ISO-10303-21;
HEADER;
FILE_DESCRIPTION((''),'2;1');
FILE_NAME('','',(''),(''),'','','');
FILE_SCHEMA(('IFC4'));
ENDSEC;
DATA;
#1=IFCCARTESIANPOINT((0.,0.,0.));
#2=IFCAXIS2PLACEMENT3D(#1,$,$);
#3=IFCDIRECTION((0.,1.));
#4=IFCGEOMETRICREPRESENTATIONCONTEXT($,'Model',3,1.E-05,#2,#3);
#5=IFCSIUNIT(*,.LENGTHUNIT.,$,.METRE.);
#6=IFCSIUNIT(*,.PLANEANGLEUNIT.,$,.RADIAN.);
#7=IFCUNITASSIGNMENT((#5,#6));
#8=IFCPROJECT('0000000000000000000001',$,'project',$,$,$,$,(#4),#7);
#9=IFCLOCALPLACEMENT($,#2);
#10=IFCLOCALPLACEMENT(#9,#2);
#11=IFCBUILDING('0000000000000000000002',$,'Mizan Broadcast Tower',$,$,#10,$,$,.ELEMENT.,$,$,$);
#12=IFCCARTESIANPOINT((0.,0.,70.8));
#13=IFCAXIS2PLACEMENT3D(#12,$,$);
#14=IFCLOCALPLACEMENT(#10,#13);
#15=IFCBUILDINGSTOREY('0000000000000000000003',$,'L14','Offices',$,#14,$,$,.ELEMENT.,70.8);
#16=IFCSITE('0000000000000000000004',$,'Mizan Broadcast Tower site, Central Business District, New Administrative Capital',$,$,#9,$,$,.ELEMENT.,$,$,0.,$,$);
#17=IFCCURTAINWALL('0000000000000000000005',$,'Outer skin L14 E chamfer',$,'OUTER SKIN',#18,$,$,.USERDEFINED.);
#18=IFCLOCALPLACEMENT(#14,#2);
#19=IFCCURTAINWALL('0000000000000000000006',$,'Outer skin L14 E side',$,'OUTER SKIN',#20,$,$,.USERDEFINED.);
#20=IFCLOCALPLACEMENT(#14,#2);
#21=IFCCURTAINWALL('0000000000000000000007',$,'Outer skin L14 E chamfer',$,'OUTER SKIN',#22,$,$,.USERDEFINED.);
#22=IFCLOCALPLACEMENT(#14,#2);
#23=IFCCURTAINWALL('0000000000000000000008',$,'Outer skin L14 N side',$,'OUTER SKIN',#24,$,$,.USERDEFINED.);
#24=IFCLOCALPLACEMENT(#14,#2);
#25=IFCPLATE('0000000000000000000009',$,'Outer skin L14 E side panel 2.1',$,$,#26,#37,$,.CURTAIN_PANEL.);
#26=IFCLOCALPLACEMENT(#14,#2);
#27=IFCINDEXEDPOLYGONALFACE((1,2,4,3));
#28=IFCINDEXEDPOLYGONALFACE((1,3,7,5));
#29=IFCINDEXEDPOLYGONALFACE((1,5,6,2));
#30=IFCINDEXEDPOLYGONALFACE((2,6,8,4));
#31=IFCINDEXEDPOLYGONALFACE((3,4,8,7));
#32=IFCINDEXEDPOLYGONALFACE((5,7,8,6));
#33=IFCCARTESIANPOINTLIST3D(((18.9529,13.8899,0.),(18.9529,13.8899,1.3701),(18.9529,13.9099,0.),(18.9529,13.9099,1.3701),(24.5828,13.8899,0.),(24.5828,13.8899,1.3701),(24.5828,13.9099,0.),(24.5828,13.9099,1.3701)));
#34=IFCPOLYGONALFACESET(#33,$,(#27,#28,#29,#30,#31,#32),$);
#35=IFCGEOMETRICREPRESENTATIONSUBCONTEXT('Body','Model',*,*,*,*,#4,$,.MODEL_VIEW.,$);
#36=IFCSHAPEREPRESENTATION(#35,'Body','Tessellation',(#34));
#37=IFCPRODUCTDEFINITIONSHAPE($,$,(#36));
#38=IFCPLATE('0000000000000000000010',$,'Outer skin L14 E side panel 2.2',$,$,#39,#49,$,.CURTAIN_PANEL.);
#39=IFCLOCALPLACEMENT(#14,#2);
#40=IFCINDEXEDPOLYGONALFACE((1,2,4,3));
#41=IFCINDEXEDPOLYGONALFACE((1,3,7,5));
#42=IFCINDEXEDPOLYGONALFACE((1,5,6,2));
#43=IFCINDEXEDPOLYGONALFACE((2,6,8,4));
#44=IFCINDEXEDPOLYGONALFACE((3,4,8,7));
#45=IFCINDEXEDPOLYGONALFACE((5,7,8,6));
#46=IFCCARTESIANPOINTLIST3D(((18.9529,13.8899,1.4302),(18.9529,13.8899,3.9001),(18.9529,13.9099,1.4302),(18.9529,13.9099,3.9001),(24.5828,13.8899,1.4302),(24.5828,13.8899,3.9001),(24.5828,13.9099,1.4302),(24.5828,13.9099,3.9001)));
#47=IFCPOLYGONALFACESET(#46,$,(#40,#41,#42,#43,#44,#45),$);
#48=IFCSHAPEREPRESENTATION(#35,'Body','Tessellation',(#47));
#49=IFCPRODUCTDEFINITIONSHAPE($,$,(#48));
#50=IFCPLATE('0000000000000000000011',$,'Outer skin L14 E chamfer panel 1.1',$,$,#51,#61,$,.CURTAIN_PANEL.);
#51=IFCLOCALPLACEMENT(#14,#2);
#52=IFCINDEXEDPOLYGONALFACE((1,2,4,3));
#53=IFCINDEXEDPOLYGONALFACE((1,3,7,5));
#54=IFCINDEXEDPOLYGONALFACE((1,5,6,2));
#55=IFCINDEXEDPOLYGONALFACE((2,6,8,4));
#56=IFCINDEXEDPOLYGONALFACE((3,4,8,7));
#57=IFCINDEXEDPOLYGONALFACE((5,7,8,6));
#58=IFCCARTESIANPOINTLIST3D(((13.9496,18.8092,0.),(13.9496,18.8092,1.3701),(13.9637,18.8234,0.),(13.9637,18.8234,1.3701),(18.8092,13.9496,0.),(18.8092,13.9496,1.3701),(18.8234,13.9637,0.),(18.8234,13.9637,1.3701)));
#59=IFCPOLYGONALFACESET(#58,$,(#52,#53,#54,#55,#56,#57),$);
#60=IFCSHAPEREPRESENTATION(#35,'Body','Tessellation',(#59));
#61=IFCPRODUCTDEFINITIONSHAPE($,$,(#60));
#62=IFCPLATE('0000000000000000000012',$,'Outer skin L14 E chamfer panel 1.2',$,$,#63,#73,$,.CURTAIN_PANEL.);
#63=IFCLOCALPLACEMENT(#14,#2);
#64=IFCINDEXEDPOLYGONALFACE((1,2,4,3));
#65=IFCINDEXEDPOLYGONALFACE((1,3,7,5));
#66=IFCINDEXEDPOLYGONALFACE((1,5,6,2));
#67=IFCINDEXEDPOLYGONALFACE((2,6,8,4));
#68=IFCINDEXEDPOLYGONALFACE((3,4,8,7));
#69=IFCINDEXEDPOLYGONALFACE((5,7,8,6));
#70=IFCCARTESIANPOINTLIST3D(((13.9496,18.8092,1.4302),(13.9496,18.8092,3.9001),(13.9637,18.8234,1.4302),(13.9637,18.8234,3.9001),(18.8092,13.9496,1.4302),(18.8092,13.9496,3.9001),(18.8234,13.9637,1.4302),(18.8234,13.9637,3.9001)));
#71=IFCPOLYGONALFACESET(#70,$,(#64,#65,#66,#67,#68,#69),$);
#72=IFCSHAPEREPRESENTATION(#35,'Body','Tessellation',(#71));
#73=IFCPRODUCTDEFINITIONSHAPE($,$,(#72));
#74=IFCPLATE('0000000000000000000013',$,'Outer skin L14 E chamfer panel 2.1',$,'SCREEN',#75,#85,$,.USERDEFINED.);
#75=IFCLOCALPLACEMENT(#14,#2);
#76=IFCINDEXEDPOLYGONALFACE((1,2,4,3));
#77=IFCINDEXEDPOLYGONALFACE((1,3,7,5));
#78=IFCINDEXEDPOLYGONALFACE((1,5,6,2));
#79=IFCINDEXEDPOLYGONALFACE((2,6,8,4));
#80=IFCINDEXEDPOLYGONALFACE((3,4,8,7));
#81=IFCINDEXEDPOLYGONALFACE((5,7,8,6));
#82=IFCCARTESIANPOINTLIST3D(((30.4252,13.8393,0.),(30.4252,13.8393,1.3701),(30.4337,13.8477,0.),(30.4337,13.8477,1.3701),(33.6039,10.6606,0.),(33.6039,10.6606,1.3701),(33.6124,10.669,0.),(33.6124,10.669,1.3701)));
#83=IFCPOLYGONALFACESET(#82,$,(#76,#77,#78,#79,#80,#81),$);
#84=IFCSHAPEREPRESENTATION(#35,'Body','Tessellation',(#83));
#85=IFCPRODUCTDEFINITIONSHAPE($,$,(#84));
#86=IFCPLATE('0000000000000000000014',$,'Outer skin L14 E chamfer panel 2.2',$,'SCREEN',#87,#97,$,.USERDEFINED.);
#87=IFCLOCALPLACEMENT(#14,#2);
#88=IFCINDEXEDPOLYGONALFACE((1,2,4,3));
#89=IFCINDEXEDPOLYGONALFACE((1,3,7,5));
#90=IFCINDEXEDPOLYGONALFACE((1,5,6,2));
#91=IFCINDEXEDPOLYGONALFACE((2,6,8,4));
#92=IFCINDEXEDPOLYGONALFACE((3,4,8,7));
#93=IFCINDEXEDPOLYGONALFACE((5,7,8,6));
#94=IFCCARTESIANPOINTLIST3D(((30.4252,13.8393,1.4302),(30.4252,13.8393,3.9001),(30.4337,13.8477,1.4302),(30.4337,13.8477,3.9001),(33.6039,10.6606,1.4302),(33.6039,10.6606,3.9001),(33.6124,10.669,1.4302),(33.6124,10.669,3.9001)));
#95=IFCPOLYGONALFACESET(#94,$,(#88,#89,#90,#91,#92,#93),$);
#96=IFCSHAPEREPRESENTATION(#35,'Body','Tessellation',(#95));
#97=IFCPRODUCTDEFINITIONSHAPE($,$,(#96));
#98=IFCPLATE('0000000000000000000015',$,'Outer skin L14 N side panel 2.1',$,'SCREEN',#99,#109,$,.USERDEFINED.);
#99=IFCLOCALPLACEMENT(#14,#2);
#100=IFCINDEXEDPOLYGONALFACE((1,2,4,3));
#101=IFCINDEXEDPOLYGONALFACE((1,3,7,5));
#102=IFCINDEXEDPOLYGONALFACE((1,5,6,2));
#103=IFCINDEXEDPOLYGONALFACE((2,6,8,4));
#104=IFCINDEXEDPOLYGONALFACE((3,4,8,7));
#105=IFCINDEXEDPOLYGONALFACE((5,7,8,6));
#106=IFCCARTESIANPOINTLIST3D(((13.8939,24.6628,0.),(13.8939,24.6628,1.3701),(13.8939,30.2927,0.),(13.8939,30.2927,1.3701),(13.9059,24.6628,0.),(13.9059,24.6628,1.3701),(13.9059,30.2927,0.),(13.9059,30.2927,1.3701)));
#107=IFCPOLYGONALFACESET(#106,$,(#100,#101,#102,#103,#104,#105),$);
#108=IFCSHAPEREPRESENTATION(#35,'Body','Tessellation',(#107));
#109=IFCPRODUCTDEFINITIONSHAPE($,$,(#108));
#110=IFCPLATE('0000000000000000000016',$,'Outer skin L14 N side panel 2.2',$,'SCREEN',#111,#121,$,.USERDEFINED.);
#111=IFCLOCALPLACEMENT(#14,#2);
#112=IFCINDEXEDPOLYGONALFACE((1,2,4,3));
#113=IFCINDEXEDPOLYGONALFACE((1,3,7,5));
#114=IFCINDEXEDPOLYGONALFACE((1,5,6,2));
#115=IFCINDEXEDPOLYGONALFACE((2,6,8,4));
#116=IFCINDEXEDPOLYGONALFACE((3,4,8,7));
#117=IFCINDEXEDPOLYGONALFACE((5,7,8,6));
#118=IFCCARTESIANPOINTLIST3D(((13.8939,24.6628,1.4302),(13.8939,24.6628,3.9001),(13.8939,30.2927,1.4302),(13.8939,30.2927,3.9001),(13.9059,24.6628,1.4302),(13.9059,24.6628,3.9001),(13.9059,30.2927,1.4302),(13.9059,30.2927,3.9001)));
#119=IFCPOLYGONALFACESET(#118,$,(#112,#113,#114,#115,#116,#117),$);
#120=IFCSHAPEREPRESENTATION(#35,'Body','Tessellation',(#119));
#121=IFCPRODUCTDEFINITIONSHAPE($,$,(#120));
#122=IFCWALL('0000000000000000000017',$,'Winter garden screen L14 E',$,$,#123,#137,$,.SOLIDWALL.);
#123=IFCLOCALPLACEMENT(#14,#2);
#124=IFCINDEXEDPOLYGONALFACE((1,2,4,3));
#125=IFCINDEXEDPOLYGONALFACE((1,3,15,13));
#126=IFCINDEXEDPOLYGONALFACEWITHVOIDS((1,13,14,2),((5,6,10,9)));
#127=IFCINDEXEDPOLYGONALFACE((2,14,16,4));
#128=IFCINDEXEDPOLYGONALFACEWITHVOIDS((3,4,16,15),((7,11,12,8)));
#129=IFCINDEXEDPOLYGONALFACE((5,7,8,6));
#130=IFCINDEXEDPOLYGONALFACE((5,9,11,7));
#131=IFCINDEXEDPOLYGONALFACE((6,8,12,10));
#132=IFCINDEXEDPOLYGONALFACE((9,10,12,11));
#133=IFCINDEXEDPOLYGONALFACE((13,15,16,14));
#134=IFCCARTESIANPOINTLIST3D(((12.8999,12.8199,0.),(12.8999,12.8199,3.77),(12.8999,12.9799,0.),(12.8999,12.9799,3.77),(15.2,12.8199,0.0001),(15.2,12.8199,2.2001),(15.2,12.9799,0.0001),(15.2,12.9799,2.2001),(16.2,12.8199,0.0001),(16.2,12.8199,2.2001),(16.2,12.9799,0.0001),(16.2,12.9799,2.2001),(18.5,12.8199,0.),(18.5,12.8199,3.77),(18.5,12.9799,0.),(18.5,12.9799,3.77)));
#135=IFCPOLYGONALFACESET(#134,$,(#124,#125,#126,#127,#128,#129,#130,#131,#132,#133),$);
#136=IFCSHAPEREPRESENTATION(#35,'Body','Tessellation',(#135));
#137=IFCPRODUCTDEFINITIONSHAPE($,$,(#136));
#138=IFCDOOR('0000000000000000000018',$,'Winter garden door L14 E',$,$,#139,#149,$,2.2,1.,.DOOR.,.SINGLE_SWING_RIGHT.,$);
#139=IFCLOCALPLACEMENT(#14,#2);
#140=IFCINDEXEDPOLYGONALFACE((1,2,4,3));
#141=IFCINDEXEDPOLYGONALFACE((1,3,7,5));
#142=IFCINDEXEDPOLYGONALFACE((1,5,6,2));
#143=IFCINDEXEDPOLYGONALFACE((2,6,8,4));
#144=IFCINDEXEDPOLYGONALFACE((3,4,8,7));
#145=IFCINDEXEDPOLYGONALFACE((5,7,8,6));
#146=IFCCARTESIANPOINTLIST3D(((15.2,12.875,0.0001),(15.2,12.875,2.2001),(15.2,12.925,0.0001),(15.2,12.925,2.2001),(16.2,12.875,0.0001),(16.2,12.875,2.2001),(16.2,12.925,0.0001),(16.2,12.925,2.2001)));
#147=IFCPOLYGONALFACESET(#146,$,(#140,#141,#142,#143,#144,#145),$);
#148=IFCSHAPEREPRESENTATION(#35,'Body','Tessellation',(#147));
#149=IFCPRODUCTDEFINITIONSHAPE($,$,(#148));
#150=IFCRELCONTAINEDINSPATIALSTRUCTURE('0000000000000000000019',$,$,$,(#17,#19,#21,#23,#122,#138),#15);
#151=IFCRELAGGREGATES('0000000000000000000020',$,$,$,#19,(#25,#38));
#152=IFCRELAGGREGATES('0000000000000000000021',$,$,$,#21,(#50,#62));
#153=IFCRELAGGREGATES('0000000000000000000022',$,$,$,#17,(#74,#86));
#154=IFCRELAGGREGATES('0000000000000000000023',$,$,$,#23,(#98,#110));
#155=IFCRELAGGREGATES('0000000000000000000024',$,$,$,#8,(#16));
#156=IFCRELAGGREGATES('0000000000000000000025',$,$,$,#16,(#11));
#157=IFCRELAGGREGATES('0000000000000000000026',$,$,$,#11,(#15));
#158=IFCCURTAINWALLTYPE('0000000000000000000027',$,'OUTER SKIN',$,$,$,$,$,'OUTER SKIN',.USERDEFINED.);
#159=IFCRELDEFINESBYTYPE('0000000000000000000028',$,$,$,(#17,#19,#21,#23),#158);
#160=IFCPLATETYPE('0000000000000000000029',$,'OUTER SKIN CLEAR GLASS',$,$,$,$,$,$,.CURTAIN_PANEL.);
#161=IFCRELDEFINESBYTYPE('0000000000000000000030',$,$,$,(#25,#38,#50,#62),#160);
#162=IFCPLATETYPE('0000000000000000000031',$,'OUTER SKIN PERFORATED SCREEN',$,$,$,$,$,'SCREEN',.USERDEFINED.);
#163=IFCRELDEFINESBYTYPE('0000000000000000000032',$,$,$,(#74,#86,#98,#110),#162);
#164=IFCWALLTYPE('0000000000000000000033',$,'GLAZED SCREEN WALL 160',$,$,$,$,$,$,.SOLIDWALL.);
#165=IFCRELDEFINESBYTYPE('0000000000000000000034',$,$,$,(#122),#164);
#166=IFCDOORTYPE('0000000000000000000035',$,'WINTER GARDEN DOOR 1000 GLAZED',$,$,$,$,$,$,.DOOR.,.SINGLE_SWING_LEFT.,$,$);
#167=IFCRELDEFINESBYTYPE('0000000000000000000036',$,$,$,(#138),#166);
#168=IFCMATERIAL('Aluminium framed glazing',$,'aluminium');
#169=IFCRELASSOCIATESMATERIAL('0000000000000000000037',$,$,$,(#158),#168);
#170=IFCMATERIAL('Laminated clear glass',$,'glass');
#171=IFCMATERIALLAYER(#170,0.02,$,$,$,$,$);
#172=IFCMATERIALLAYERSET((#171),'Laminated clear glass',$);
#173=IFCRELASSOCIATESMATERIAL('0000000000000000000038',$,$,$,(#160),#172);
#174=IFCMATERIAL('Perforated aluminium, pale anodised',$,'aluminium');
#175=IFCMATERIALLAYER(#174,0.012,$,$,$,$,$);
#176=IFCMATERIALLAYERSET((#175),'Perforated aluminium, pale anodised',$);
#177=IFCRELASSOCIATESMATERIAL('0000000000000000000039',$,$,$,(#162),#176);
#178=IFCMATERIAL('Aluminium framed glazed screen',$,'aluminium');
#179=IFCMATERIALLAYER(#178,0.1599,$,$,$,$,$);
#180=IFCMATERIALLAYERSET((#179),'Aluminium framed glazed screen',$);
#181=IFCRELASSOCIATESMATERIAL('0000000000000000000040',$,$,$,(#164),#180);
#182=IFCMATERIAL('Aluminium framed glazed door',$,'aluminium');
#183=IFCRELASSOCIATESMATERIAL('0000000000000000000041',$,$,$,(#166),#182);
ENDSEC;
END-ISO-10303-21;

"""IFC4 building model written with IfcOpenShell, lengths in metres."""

from ifc_helpers import new_model, si_unit, direction, frame, frame_2d, origin, origin_2d, place, context, subcontext, project, spatial, rectangle, extrude, material, layer, layer_set, type_object, element, fill, aggregate, save


model = new_model("IFC4")

# Units and contexts
model_context = context("Model", 3, precision=1e-05, world=origin(), true_north=direction((0.0, 1.0)))
body_context = subcontext(model_context, "Body", "Model", "MODEL_VIEW")
ifc_project = project(units=[si_unit("LENGTHUNIT", "METRE"), si_unit("PLANEANGLEUNIT", "RADIAN")], contexts=[model_context])

# Site, building, storey
site_placement = place(None, origin())
site = spatial("IfcSite", under=ifc_project, at=site_placement, Name="Mizan Broadcast Tower site, Central Business District, New Administrative Capital", CompositionType="ELEMENT", RefElevation=0.0)
building_placement = place(site_placement, origin())
building = spatial("IfcBuilding", under=site, at=building_placement, Name="Mizan Broadcast Tower", CompositionType="ELEMENT")
storey_placement = place(building_placement, frame((0.0, 0.0, 70.8)))
storey = spatial("IfcBuildingStorey", under=building, at=storey_placement, Name="L14", Description="Offices", CompositionType="ELEMENT", Elevation=70.8)

# Curtain wall
ifc_material_1 = material(Name="Aluminium framed glazing", Category="aluminium")
curtain_wall_type_1 = type_object("IfcCurtainWallType", Name="OUTER SKIN", ElementType="OUTER SKIN", PredefinedType="USERDEFINED", material=ifc_material_1)
curtain_wall_1_placement = place(storey_placement, origin())
curtain_wall_1 = element("IfcCurtainWall", 1, at=curtain_wall_1_placement, inside=storey, type_object=curtain_wall_type_1, Name="Outer skin L14 E chamfer", ObjectType="OUTER SKIN", PredefinedType="USERDEFINED")

# Curtain wall
curtain_wall_2_placement = place(storey_placement, origin())
curtain_wall_2 = element("IfcCurtainWall", 2, at=curtain_wall_2_placement, inside=storey, type_object=curtain_wall_type_1, Name="Outer skin L14 E side", ObjectType="OUTER SKIN", PredefinedType="USERDEFINED")

# Curtain wall
curtain_wall_3_placement = place(storey_placement, origin())
curtain_wall_3 = element("IfcCurtainWall", 3, at=curtain_wall_3_placement, inside=storey, type_object=curtain_wall_type_1, Name="Outer skin L14 E chamfer", ObjectType="OUTER SKIN", PredefinedType="USERDEFINED")

# Curtain wall
curtain_wall_4_placement = place(storey_placement, origin())
curtain_wall_4 = element("IfcCurtainWall", 4, at=curtain_wall_4_placement, inside=storey, type_object=curtain_wall_type_1, Name="Outer skin L14 N side", ObjectType="OUTER SKIN", PredefinedType="USERDEFINED")

# Plates
ifc_material_2 = material(Name="Laminated clear glass", Category="glass")
ifc_layer_1 = layer(ifc_material_2, 0.02)
ifc_layer_set_1 = layer_set([ifc_layer_1], Name="Laminated clear glass")
plate_type_1 = type_object("IfcPlateType", Name="OUTER SKIN CLEAR GLASS", PredefinedType="CURTAIN_PANEL", material=ifc_layer_set_1)
plate_1_placement = place(storey_placement, frame((21.7678, 13.8999, 0.0), z_axis=(0.0, 0.0, 1.0), x_axis=(-1.0, 0.0, 0.0)))
plate_1 = element("IfcPlate", 5, at=plate_1_placement, type_object=plate_type_1, Name="Outer skin L14 E side panel 2.1", PredefinedType="CURTAIN_PANEL", context=body_context, shape_type="SweptSolid", body=[
    extrude(rectangle(XDim=5.6299, YDim=0.02, at=origin_2d()), origin(), (0.0, 0.0, 1.0), 1.3701),
])
plate_2_placement = place(storey_placement, frame((21.7678, 13.8999, 1.4302), z_axis=(0.0, 0.0, 1.0), x_axis=(-1.0, 0.0, 0.0)))
plate_2 = element("IfcPlate", 6, at=plate_2_placement, type_object=plate_type_1, Name="Outer skin L14 E side panel 2.2", PredefinedType="CURTAIN_PANEL", context=body_context, shape_type="SweptSolid", body=[
    extrude(rectangle(XDim=5.6299, YDim=0.02, at=origin_2d()), origin(), (0.0, 0.0, 1.0), 2.47),
])
aggregate(curtain_wall_2, [plate_1, plate_2])
plate_3_placement = place(storey_placement, frame((16.3865, 16.3865, 0.0), z_axis=(0.0, 0.0, 1.0), x_axis=(-0.707107, 0.707107, 0.0)))
plate_3 = element("IfcPlate", 7, at=plate_3_placement, type_object=plate_type_1, Name="Outer skin L14 E chamfer panel 1.1", PredefinedType="CURTAIN_PANEL", context=body_context, shape_type="SweptSolid", body=[
    extrude(rectangle(XDim=6.8726, YDim=0.02, at=origin_2d()), origin(), (0.0, 0.0, 1.0), 1.3701),
])
plate_4_placement = place(storey_placement, frame((16.3865, 16.3865, 1.4302), z_axis=(0.0, 0.0, 1.0), x_axis=(-0.707107, 0.707107, 0.0)))
plate_4 = element("IfcPlate", 8, at=plate_4_placement, type_object=plate_type_1, Name="Outer skin L14 E chamfer panel 1.2", PredefinedType="CURTAIN_PANEL", context=body_context, shape_type="SweptSolid", body=[
    extrude(rectangle(XDim=6.8726, YDim=0.02, at=origin_2d()), origin(), (0.0, 0.0, 1.0), 2.47),
])
aggregate(curtain_wall_3, [plate_3, plate_4])
ifc_material_3 = material(Name="Perforated aluminium, pale anodised", Category="aluminium")
ifc_layer_2 = layer(ifc_material_3, 0.012)
ifc_layer_set_2 = layer_set([ifc_layer_2], Name="Perforated aluminium, pale anodised")
plate_type_2 = type_object("IfcPlateType", Name="OUTER SKIN PERFORATED SCREEN", ElementType="SCREEN", PredefinedType="USERDEFINED", material=ifc_layer_set_2)
plate_5_placement = place(storey_placement, frame((32.0188, 12.2542, 0.0), z_axis=(0.0, 0.0, 1.0), x_axis=(-0.707107, 0.707107, 0.0)))
plate_5 = element("IfcPlate", 9, at=plate_5_placement, type_object=plate_type_2, Name="Outer skin L14 E chamfer panel 2.1", ObjectType="SCREEN", PredefinedType="USERDEFINED", context=body_context, shape_type="SweptSolid", body=[
    extrude(rectangle(XDim=4.4954, YDim=0.012, at=origin_2d()), origin(), (0.0, 0.0, 1.0), 1.3701),
])
plate_6_placement = place(storey_placement, frame((32.0188, 12.2542, 1.4302), z_axis=(0.0, 0.0, 1.0), x_axis=(-0.707107, 0.707107, 0.0)))
plate_6 = element("IfcPlate", 10, at=plate_6_placement, type_object=plate_type_2, Name="Outer skin L14 E chamfer panel 2.2", ObjectType="SCREEN", PredefinedType="USERDEFINED", context=body_context, shape_type="SweptSolid", body=[
    extrude(rectangle(XDim=4.4954, YDim=0.012, at=origin_2d()), origin(), (0.0, 0.0, 1.0), 2.47),
])
aggregate(curtain_wall_1, [plate_5, plate_6])
plate_7_placement = place(storey_placement, frame((13.8999, 27.4778, 0.0), z_axis=(0.0, 0.0, 1.0), x_axis=(0.0, 1.0, 0.0)))
plate_7 = element("IfcPlate", 11, at=plate_7_placement, type_object=plate_type_2, Name="Outer skin L14 N side panel 2.1", ObjectType="SCREEN", PredefinedType="USERDEFINED", context=body_context, shape_type="SweptSolid", body=[
    extrude(rectangle(XDim=5.6299, YDim=0.012, at=origin_2d()), origin(), (0.0, 0.0, 1.0), 1.3701),
])
plate_8_placement = place(storey_placement, frame((13.8999, 27.4778, 1.4302), z_axis=(0.0, 0.0, 1.0), x_axis=(0.0, 1.0, 0.0)))
plate_8 = element("IfcPlate", 12, at=plate_8_placement, type_object=plate_type_2, Name="Outer skin L14 N side panel 2.2", ObjectType="SCREEN", PredefinedType="USERDEFINED", context=body_context, shape_type="SweptSolid", body=[
    extrude(rectangle(XDim=5.6299, YDim=0.012, at=origin_2d()), origin(), (0.0, 0.0, 1.0), 2.47),
])
aggregate(curtain_wall_4, [plate_7, plate_8])

# Wall, opening, door
ifc_material_4 = material(Name="Aluminium framed glazed screen", Category="aluminium")
ifc_layer_3 = layer(ifc_material_4, 0.1599)
ifc_layer_set_3 = layer_set([ifc_layer_3], Name="Aluminium framed glazed screen")
wall_type = type_object("IfcWallType", Name="GLAZED SCREEN WALL 160", PredefinedType="SOLIDWALL", material=ifc_layer_set_3)
wall_placement = place(storey_placement, frame((18.5, 12.8999, 0.0), z_axis=(0.0, 0.0, 1.0), x_axis=(-1.0, 0.0, 0.0)))
wall = element("IfcWall", 13, at=wall_placement, inside=storey, type_object=wall_type, Name="Winter garden screen L14 E", PredefinedType="SOLIDWALL", context=body_context, shape_type="SweptSolid", body=[
    extrude(rectangle(XDim=5.6001, YDim=0.1599, at=frame_2d((2.8, 0.0))), origin(), (0.0, 0.0, 1.0), 3.77),
])
opening_placement = place(wall_placement, frame((2.3, 0.0, 0.0)))
opening = element("IfcOpeningElement", 14, at=opening_placement, cuts=wall, PredefinedType="OPENING", context=body_context, shape_type="SweptSolid", body=[
    extrude(rectangle(XDim=1.0, YDim=2.2, at=frame_2d((0.5, 1.1001))), frame((0.0, 0.0898, 0.0), z_axis=(0.0, -1.0, 0.0), x_axis=(1.0, 0.0, 0.0)), (0.0, 0.0, 1.0), 0.1799),
])
ifc_material_5 = material(Name="Aluminium framed glazed door", Category="aluminium")
door_type = type_object("IfcDoorType", Name="WINTER GARDEN DOOR 1000 GLAZED", OperationType="SINGLE_SWING_LEFT", PredefinedType="DOOR", material=ifc_material_5)
door_placement = place(opening_placement, origin())
door = element("IfcDoor", 15, at=door_placement, inside=storey, type_object=door_type, Name="Winter garden door L14 E", OperationType="SINGLE_SWING_RIGHT", OverallHeight=2.2, OverallWidth=1.0, PredefinedType="DOOR", context=body_context, shape_type="SweptSolid", body=[
    extrude(rectangle(XDim=1.0, YDim=2.2, at=frame_2d((0.5, 1.1001))), frame((0.0, 0.0249, 0.0), z_axis=(0.0, -1.0, 0.0), x_axis=(1.0, 0.0, 0.0)), (0.0, 0.0, 1.0), 0.05),
])
fill(opening, door)

save(model, "model.ifc")
